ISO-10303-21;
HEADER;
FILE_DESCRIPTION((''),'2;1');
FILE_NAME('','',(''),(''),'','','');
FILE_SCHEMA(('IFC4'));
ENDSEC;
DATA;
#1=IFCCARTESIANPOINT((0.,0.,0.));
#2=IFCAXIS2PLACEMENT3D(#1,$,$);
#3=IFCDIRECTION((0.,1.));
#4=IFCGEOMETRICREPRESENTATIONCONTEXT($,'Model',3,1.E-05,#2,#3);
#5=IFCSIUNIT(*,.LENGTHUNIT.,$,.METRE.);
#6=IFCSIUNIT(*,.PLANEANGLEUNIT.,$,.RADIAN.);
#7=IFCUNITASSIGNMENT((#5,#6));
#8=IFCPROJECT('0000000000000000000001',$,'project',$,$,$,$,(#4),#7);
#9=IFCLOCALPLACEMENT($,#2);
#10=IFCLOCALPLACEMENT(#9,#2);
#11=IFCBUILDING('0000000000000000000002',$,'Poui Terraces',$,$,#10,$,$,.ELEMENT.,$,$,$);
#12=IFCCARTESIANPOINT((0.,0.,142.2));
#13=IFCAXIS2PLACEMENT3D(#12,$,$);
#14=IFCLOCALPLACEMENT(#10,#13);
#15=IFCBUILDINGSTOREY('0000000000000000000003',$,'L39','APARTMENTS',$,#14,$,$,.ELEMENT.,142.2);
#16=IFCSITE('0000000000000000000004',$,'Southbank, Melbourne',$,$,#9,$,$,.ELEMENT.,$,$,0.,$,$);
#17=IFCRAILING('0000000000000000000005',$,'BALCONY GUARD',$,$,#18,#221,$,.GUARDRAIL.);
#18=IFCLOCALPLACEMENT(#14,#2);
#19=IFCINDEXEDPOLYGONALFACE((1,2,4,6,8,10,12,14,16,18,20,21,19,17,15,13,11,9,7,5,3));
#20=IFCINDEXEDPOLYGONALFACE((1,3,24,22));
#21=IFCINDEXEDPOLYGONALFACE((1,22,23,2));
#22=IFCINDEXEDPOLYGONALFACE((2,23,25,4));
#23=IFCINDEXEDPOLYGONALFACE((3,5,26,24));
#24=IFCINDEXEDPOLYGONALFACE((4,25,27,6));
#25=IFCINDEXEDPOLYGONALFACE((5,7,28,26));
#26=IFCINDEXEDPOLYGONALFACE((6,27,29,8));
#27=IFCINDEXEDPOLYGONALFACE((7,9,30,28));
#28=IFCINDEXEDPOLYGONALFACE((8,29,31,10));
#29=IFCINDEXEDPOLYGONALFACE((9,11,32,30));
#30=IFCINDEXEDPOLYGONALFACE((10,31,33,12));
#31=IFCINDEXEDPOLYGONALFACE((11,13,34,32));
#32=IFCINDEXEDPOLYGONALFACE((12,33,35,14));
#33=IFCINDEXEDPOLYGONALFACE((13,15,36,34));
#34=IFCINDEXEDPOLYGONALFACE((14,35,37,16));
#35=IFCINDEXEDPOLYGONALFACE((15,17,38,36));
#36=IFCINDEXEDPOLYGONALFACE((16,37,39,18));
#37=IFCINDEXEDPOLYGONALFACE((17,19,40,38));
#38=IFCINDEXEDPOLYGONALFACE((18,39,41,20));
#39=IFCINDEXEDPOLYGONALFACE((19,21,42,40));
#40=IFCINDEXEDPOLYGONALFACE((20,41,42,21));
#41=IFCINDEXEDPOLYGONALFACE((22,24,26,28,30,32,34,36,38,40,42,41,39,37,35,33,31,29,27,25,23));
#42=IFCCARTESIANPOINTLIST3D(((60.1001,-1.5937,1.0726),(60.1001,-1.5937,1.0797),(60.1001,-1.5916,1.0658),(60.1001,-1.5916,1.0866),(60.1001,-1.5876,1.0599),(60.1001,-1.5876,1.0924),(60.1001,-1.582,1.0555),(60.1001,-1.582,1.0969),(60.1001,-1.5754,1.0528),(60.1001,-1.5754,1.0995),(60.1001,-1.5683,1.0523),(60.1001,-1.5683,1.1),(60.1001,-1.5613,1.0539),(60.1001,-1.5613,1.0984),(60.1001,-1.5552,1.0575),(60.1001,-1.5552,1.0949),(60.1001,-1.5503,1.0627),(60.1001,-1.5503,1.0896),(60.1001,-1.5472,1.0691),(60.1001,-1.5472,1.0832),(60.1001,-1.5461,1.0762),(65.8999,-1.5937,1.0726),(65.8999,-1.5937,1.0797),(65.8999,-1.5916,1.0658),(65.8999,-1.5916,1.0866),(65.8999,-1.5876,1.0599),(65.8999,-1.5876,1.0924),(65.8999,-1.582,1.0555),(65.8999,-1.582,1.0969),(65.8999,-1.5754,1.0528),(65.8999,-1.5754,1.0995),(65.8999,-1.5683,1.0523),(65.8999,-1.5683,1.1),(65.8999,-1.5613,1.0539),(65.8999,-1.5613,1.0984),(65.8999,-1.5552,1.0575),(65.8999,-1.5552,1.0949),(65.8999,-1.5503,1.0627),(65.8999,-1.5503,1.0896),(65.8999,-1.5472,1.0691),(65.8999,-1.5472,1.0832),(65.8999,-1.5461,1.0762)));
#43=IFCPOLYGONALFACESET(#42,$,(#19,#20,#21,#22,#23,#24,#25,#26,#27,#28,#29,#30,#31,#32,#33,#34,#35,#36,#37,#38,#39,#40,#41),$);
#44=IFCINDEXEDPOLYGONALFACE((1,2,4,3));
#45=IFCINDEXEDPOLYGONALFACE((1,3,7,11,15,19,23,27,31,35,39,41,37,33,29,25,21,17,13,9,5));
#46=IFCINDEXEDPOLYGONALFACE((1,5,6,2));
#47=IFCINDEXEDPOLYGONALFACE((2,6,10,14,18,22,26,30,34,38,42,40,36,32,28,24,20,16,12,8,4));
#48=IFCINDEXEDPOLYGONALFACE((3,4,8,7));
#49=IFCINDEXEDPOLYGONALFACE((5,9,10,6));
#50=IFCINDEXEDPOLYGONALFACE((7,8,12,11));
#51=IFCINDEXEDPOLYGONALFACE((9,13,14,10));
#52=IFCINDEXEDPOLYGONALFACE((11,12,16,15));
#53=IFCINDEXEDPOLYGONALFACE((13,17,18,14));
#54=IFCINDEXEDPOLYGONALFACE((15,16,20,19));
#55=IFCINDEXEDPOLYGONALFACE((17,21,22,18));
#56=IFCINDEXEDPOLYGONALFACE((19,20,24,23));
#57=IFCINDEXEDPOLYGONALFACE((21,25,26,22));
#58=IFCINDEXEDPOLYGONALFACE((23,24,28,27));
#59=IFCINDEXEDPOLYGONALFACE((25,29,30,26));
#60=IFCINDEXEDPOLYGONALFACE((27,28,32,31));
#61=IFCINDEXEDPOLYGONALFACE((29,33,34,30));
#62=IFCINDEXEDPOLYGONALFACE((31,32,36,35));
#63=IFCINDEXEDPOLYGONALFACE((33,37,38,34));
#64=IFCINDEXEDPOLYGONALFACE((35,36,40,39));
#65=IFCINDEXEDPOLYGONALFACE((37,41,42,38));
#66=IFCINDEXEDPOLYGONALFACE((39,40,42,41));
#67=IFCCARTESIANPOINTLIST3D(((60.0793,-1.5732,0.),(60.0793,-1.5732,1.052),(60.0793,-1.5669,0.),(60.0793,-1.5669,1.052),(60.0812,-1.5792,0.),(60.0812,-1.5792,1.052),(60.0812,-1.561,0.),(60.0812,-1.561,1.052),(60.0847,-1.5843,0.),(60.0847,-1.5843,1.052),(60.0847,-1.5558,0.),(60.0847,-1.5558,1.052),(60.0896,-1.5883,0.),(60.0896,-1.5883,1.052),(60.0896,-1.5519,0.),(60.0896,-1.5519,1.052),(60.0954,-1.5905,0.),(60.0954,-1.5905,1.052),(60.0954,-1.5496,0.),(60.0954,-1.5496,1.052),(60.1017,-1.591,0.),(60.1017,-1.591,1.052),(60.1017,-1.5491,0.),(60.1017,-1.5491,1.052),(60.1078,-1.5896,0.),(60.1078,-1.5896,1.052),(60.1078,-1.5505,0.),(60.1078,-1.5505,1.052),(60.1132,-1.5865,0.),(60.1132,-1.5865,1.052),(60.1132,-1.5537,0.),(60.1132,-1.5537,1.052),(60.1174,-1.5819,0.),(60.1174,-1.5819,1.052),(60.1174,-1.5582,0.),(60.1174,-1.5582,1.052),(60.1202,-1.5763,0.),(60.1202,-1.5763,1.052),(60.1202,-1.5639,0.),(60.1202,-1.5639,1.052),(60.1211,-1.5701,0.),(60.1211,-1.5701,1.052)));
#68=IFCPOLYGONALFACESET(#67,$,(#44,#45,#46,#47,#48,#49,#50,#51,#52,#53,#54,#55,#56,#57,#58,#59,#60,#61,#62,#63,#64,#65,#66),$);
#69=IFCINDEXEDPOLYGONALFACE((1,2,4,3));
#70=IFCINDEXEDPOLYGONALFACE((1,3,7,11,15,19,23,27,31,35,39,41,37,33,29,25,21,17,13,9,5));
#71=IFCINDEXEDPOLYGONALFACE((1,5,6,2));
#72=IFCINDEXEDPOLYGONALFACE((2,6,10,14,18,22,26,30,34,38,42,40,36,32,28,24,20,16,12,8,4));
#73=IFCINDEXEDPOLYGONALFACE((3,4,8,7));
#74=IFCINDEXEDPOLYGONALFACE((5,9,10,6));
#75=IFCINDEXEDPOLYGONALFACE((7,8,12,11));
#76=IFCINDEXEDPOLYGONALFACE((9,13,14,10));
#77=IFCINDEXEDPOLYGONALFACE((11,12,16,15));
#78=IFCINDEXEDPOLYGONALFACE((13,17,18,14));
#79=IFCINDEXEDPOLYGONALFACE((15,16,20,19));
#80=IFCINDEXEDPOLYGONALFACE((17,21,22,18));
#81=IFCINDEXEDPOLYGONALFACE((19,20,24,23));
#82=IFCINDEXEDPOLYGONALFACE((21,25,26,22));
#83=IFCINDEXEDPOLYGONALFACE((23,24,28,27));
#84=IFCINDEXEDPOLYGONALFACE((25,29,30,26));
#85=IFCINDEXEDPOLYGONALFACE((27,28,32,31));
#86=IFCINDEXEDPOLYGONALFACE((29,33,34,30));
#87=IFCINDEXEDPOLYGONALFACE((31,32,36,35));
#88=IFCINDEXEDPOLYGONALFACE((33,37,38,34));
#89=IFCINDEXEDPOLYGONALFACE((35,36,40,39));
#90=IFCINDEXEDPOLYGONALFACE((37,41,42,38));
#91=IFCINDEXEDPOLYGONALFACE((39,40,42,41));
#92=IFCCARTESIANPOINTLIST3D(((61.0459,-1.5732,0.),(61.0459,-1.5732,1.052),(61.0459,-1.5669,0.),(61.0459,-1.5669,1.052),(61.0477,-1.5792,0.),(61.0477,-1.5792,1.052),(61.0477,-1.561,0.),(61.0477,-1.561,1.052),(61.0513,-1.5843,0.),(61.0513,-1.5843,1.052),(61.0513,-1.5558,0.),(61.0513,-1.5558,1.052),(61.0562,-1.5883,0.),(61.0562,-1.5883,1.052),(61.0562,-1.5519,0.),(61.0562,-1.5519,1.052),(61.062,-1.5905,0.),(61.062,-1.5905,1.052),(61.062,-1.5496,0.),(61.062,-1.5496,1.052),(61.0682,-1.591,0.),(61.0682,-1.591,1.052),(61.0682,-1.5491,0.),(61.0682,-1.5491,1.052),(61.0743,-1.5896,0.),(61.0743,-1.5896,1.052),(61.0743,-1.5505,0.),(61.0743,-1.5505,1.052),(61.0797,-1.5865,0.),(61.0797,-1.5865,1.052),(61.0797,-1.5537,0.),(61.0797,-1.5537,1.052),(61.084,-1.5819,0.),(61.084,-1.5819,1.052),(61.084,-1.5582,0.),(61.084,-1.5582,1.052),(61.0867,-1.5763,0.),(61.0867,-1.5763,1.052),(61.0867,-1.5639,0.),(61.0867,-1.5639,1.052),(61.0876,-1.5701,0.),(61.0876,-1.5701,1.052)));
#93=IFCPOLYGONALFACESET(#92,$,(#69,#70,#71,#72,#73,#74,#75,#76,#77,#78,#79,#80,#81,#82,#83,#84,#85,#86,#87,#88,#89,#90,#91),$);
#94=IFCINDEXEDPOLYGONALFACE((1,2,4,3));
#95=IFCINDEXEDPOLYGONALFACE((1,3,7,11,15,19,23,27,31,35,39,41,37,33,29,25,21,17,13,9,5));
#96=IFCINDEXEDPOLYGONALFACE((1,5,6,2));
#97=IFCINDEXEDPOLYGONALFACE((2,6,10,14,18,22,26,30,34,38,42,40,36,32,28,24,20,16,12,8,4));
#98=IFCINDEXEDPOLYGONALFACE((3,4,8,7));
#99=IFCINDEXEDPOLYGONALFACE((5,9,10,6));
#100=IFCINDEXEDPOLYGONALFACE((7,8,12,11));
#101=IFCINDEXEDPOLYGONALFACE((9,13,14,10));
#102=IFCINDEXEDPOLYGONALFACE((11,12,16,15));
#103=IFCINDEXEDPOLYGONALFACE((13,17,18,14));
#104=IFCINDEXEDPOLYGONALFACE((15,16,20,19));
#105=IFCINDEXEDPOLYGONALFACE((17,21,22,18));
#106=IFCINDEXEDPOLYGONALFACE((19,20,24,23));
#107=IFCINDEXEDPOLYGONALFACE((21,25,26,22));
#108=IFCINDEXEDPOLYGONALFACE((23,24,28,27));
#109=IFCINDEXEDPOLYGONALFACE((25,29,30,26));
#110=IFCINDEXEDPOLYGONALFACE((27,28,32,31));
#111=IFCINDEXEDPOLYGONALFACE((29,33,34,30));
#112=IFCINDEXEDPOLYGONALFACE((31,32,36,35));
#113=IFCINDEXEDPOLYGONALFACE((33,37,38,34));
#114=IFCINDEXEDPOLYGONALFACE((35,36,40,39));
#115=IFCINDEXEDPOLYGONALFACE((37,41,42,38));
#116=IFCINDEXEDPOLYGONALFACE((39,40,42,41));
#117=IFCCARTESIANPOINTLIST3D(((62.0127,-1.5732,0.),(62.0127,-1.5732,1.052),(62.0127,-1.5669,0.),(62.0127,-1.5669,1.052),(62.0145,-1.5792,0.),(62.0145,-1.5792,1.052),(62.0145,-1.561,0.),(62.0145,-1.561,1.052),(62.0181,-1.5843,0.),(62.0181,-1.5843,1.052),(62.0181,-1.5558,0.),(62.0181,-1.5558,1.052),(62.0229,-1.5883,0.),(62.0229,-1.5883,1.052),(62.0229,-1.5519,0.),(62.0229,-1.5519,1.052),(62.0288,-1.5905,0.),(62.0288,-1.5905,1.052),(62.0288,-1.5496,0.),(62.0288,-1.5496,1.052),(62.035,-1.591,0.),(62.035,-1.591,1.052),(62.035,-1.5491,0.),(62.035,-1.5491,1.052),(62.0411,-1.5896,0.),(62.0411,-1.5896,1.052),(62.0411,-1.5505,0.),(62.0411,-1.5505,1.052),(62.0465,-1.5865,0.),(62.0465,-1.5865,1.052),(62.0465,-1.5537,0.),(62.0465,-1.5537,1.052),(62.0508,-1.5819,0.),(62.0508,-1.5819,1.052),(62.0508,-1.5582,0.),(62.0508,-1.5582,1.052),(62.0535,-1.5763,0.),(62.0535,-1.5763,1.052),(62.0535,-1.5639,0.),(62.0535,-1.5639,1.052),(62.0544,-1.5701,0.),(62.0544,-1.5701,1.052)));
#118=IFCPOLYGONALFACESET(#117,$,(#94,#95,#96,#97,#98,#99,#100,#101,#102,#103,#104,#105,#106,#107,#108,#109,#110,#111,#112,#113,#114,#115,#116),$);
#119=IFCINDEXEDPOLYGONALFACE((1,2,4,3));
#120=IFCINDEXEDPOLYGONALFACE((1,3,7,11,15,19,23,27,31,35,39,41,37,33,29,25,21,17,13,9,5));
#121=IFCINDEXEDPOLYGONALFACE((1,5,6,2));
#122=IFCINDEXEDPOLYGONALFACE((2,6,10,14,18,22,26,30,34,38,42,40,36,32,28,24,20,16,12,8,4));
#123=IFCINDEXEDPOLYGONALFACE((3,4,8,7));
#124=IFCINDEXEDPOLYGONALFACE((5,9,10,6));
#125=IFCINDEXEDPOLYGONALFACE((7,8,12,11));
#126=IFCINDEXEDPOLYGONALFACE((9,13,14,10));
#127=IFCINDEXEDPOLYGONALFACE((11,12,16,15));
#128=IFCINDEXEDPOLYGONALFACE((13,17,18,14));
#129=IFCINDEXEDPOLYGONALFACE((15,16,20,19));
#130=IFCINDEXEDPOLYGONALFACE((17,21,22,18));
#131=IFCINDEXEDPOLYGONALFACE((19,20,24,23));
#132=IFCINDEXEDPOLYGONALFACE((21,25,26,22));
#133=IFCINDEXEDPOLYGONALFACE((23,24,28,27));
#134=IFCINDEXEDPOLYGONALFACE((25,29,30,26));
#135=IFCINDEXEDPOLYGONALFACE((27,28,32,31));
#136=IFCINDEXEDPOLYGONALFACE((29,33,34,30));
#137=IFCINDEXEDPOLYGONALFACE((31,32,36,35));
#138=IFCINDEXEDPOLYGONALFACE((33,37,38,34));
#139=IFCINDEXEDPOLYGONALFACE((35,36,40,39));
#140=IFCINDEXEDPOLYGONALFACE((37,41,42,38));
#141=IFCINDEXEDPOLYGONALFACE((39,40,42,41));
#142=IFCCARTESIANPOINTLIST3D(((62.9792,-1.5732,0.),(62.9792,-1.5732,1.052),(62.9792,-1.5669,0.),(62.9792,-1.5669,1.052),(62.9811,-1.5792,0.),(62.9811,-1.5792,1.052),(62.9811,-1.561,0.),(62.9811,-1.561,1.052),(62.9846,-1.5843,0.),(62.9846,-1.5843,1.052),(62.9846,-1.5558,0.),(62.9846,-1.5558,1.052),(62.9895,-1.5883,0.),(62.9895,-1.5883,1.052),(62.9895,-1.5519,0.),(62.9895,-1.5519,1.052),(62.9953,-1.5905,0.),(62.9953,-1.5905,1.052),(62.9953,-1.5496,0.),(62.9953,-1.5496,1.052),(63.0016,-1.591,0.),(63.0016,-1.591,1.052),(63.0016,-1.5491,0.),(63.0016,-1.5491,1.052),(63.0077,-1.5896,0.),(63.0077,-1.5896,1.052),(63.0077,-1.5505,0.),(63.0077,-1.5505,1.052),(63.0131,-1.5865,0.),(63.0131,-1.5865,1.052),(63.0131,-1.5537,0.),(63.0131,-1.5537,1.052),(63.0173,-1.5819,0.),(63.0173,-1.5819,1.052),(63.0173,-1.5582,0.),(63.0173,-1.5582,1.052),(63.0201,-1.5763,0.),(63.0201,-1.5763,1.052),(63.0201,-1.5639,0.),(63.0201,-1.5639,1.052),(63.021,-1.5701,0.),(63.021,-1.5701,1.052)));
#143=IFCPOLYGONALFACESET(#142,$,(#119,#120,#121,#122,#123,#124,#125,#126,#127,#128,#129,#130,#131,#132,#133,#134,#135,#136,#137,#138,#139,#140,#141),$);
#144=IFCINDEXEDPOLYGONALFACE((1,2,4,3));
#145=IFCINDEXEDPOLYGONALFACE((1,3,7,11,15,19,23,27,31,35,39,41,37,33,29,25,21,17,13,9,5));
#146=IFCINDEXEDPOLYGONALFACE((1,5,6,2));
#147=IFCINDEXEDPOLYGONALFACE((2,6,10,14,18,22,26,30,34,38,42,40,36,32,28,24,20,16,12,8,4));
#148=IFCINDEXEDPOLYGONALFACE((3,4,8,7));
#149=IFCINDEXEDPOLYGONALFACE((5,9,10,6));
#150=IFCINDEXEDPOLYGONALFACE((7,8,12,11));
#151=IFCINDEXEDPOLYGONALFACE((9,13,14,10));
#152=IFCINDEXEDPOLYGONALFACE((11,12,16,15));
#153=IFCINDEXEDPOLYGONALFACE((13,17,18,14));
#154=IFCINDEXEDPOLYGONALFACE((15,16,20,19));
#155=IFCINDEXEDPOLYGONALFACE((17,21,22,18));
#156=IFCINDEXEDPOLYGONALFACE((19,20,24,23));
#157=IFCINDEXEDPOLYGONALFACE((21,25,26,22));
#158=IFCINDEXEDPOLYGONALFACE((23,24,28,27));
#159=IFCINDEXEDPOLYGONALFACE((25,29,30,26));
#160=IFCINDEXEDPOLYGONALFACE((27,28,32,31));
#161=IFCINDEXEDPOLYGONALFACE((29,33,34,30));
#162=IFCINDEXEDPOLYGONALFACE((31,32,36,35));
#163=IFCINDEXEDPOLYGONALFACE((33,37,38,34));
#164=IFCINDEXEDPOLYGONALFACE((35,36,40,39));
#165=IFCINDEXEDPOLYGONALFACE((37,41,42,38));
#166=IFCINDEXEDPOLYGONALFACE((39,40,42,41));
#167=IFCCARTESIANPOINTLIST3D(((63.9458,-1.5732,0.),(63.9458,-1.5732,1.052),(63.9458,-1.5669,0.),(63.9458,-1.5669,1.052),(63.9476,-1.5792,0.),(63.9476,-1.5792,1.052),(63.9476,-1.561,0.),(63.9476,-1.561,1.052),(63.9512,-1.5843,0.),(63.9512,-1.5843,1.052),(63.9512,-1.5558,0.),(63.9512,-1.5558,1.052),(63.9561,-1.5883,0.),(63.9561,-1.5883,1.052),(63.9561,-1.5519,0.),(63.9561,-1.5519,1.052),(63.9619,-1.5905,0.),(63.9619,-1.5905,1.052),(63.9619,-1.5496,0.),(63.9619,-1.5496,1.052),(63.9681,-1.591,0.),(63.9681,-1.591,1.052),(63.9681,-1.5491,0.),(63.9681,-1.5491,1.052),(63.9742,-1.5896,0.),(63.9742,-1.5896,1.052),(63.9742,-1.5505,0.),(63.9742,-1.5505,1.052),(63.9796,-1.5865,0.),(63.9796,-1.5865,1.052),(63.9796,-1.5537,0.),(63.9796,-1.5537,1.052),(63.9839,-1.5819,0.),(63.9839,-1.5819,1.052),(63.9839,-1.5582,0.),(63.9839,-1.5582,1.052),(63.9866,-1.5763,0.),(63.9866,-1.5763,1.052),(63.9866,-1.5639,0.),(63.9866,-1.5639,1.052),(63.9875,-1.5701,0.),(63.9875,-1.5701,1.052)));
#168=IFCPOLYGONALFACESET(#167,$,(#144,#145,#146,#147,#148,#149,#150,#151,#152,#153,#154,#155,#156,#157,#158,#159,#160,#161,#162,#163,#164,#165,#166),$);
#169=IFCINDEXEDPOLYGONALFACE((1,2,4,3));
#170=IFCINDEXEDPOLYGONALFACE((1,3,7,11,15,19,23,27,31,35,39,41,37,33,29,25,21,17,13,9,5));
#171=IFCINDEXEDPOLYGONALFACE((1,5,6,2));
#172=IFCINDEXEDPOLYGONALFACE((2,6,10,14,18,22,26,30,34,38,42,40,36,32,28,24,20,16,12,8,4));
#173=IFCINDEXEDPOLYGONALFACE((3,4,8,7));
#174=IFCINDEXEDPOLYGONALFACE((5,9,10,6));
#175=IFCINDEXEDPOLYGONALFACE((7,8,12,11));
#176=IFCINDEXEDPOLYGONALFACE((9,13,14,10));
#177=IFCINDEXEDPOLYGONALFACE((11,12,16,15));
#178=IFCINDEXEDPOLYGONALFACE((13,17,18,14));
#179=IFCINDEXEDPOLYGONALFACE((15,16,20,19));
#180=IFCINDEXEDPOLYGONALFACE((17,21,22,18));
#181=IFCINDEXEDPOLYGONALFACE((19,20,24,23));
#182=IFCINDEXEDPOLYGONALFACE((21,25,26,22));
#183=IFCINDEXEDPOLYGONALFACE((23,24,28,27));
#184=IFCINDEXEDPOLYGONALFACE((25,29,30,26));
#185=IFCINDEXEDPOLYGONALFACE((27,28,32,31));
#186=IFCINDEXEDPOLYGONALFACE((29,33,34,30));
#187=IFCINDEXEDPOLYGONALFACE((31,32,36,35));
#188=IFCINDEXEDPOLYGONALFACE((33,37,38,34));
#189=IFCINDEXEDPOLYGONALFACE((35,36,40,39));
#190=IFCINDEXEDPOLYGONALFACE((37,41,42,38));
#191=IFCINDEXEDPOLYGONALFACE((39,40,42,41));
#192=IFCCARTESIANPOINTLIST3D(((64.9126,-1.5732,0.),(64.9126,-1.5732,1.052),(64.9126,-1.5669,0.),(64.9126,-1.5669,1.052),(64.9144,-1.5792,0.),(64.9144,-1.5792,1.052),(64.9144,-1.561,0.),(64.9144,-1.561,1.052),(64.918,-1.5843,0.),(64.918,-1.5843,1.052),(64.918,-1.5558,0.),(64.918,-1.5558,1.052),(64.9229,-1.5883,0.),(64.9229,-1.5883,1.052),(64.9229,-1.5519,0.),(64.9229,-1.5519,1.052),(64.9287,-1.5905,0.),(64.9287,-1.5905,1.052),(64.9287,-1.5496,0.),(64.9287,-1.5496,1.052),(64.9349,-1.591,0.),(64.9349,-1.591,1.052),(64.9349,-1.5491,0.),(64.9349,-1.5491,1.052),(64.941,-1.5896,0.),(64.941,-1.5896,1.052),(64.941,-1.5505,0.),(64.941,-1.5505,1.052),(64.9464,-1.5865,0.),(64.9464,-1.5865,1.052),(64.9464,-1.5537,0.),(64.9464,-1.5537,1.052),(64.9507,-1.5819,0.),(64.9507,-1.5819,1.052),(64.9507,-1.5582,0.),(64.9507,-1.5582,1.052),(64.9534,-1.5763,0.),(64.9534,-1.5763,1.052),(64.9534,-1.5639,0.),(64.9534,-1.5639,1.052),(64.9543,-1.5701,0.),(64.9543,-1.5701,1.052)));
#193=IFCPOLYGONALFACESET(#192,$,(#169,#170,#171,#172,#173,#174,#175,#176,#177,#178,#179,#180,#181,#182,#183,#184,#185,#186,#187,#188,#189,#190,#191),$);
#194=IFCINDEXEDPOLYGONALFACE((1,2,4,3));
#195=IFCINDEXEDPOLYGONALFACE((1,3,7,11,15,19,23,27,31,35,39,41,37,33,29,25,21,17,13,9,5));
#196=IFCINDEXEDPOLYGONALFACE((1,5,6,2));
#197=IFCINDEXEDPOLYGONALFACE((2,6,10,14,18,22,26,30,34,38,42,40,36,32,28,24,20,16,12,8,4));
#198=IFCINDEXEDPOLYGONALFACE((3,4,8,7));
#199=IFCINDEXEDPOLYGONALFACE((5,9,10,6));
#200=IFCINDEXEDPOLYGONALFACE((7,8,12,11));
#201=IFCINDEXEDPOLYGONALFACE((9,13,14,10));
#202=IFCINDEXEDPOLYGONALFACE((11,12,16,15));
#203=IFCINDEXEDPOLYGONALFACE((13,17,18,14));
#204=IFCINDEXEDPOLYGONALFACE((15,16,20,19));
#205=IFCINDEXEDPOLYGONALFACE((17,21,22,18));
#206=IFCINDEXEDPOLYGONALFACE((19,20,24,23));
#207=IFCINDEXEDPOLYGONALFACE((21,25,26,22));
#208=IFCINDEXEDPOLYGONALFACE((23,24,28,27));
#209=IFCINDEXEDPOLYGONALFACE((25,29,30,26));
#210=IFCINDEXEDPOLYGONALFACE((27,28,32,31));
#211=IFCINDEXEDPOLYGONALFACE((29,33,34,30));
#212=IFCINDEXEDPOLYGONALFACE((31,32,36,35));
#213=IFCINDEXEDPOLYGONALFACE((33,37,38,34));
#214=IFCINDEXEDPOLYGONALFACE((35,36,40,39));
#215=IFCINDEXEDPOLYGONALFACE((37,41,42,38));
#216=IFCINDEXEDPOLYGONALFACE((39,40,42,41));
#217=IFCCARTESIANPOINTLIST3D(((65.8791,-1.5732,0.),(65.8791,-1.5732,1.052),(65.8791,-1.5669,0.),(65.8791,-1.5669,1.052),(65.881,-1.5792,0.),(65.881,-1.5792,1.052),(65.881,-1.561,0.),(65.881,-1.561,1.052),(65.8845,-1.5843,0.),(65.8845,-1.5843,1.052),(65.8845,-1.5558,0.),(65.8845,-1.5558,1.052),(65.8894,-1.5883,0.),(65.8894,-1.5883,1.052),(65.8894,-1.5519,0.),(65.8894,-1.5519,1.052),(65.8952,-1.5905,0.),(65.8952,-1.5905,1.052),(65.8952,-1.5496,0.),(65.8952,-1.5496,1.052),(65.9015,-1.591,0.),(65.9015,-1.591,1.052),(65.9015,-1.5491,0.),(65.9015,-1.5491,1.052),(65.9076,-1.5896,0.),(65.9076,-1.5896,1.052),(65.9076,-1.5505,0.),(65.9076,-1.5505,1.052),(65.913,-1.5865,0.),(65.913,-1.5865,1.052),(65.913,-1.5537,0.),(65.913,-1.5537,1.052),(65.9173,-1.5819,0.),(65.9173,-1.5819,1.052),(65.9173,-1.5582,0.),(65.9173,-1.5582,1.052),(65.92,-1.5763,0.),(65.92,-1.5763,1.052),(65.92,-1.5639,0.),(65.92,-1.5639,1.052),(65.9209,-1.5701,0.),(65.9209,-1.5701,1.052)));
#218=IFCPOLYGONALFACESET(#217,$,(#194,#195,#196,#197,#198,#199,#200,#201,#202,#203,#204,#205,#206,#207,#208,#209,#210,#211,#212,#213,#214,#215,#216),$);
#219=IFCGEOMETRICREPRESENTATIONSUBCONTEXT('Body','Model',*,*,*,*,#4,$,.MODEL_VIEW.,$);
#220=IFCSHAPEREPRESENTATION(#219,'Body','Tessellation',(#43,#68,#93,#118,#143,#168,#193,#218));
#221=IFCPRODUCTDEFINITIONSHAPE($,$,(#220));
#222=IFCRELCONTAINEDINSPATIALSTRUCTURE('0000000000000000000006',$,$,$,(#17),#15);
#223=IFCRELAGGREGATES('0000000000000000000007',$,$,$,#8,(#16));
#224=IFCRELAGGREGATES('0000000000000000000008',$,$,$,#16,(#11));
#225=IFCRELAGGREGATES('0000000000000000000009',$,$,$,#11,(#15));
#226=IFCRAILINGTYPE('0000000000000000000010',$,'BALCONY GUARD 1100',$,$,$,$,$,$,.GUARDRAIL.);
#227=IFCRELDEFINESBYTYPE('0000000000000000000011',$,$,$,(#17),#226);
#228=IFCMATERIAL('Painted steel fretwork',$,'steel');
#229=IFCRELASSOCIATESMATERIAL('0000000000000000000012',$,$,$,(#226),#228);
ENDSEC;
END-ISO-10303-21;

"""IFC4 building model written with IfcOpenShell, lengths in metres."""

from ifc_helpers import new_model, si_unit, direction, frame, origin, origin_2d, place, context, subcontext, project, spatial, circle, extrude, material, type_object, element, save


model = new_model("IFC4")

# Units and contexts
model_context = context("Model", 3, precision=1e-05, world=origin(), true_north=direction((0.0, 1.0)))
body_context = subcontext(model_context, "Body", "Model", "MODEL_VIEW")
ifc_project = project(units=[si_unit("LENGTHUNIT", "METRE"), si_unit("PLANEANGLEUNIT", "RADIAN")], contexts=[model_context])

# Site, building, storey
site_placement = place(None, origin())
site = spatial("IfcSite", under=ifc_project, at=site_placement, Name="Southbank, Melbourne", CompositionType="ELEMENT", RefElevation=0.0)
building_placement = place(site_placement, origin())
building = spatial("IfcBuilding", under=site, at=building_placement, Name="Poui Terraces", CompositionType="ELEMENT")
storey_placement = place(building_placement, frame((0.0, 0.0, 142.2)))
storey = spatial("IfcBuildingStorey", under=building, at=storey_placement, Name="L39", Description="APARTMENTS", CompositionType="ELEMENT", Elevation=142.2)

# Railing
ifc_material_1 = material(Name="Painted steel fretwork", Category="steel")
railing_type = type_object("IfcRailingType", Name="BALCONY GUARD 1100", PredefinedType="GUARDRAIL", material=ifc_material_1)
railing_placement = place(storey_placement, frame((60.1001, -1.5701, 0.0)))
element("IfcRailing", 1, at=railing_placement, inside=storey, type_object=railing_type, Name="BALCONY GUARD", PredefinedType="GUARDRAIL", context=body_context, shape_type="SweptSolid", body=[
    extrude(circle(Radius=0.0239, at=origin_2d()), frame((0.0, 0.0, 1.0762), z_axis=(1.0, 0.0, 0.0), x_axis=(0.0, 1.0, 0.0)), (0.0, 0.0, 1.0), 5.7998),
    extrude(circle(Radius=0.021, at=origin_2d()), origin(), (0.0, 0.0, 1.0), 1.052),
    extrude(circle(Radius=0.021, at=origin_2d()), frame((0.9666, 0.0, 0.0)), (0.0, 0.0, 1.0), 1.052),
    extrude(circle(Radius=0.021, at=origin_2d()), frame((1.9333, 0.0, 0.0)), (0.0, 0.0, 1.0), 1.052),
    extrude(circle(Radius=0.021, at=origin_2d()), frame((2.8999, 0.0, 0.0)), (0.0, 0.0, 1.0), 1.052),
    extrude(circle(Radius=0.021, at=origin_2d()), frame((3.8665, 0.0, 0.0)), (0.0, 0.0, 1.0), 1.052),
    extrude(circle(Radius=0.021, at=origin_2d()), frame((4.8333, 0.0, 0.0)), (0.0, 0.0, 1.0), 1.052),
    extrude(circle(Radius=0.021, at=origin_2d()), frame((5.7998, 0.0, 0.0)), (0.0, 0.0, 1.0), 1.052),
])

save(model, "model.ifc")
